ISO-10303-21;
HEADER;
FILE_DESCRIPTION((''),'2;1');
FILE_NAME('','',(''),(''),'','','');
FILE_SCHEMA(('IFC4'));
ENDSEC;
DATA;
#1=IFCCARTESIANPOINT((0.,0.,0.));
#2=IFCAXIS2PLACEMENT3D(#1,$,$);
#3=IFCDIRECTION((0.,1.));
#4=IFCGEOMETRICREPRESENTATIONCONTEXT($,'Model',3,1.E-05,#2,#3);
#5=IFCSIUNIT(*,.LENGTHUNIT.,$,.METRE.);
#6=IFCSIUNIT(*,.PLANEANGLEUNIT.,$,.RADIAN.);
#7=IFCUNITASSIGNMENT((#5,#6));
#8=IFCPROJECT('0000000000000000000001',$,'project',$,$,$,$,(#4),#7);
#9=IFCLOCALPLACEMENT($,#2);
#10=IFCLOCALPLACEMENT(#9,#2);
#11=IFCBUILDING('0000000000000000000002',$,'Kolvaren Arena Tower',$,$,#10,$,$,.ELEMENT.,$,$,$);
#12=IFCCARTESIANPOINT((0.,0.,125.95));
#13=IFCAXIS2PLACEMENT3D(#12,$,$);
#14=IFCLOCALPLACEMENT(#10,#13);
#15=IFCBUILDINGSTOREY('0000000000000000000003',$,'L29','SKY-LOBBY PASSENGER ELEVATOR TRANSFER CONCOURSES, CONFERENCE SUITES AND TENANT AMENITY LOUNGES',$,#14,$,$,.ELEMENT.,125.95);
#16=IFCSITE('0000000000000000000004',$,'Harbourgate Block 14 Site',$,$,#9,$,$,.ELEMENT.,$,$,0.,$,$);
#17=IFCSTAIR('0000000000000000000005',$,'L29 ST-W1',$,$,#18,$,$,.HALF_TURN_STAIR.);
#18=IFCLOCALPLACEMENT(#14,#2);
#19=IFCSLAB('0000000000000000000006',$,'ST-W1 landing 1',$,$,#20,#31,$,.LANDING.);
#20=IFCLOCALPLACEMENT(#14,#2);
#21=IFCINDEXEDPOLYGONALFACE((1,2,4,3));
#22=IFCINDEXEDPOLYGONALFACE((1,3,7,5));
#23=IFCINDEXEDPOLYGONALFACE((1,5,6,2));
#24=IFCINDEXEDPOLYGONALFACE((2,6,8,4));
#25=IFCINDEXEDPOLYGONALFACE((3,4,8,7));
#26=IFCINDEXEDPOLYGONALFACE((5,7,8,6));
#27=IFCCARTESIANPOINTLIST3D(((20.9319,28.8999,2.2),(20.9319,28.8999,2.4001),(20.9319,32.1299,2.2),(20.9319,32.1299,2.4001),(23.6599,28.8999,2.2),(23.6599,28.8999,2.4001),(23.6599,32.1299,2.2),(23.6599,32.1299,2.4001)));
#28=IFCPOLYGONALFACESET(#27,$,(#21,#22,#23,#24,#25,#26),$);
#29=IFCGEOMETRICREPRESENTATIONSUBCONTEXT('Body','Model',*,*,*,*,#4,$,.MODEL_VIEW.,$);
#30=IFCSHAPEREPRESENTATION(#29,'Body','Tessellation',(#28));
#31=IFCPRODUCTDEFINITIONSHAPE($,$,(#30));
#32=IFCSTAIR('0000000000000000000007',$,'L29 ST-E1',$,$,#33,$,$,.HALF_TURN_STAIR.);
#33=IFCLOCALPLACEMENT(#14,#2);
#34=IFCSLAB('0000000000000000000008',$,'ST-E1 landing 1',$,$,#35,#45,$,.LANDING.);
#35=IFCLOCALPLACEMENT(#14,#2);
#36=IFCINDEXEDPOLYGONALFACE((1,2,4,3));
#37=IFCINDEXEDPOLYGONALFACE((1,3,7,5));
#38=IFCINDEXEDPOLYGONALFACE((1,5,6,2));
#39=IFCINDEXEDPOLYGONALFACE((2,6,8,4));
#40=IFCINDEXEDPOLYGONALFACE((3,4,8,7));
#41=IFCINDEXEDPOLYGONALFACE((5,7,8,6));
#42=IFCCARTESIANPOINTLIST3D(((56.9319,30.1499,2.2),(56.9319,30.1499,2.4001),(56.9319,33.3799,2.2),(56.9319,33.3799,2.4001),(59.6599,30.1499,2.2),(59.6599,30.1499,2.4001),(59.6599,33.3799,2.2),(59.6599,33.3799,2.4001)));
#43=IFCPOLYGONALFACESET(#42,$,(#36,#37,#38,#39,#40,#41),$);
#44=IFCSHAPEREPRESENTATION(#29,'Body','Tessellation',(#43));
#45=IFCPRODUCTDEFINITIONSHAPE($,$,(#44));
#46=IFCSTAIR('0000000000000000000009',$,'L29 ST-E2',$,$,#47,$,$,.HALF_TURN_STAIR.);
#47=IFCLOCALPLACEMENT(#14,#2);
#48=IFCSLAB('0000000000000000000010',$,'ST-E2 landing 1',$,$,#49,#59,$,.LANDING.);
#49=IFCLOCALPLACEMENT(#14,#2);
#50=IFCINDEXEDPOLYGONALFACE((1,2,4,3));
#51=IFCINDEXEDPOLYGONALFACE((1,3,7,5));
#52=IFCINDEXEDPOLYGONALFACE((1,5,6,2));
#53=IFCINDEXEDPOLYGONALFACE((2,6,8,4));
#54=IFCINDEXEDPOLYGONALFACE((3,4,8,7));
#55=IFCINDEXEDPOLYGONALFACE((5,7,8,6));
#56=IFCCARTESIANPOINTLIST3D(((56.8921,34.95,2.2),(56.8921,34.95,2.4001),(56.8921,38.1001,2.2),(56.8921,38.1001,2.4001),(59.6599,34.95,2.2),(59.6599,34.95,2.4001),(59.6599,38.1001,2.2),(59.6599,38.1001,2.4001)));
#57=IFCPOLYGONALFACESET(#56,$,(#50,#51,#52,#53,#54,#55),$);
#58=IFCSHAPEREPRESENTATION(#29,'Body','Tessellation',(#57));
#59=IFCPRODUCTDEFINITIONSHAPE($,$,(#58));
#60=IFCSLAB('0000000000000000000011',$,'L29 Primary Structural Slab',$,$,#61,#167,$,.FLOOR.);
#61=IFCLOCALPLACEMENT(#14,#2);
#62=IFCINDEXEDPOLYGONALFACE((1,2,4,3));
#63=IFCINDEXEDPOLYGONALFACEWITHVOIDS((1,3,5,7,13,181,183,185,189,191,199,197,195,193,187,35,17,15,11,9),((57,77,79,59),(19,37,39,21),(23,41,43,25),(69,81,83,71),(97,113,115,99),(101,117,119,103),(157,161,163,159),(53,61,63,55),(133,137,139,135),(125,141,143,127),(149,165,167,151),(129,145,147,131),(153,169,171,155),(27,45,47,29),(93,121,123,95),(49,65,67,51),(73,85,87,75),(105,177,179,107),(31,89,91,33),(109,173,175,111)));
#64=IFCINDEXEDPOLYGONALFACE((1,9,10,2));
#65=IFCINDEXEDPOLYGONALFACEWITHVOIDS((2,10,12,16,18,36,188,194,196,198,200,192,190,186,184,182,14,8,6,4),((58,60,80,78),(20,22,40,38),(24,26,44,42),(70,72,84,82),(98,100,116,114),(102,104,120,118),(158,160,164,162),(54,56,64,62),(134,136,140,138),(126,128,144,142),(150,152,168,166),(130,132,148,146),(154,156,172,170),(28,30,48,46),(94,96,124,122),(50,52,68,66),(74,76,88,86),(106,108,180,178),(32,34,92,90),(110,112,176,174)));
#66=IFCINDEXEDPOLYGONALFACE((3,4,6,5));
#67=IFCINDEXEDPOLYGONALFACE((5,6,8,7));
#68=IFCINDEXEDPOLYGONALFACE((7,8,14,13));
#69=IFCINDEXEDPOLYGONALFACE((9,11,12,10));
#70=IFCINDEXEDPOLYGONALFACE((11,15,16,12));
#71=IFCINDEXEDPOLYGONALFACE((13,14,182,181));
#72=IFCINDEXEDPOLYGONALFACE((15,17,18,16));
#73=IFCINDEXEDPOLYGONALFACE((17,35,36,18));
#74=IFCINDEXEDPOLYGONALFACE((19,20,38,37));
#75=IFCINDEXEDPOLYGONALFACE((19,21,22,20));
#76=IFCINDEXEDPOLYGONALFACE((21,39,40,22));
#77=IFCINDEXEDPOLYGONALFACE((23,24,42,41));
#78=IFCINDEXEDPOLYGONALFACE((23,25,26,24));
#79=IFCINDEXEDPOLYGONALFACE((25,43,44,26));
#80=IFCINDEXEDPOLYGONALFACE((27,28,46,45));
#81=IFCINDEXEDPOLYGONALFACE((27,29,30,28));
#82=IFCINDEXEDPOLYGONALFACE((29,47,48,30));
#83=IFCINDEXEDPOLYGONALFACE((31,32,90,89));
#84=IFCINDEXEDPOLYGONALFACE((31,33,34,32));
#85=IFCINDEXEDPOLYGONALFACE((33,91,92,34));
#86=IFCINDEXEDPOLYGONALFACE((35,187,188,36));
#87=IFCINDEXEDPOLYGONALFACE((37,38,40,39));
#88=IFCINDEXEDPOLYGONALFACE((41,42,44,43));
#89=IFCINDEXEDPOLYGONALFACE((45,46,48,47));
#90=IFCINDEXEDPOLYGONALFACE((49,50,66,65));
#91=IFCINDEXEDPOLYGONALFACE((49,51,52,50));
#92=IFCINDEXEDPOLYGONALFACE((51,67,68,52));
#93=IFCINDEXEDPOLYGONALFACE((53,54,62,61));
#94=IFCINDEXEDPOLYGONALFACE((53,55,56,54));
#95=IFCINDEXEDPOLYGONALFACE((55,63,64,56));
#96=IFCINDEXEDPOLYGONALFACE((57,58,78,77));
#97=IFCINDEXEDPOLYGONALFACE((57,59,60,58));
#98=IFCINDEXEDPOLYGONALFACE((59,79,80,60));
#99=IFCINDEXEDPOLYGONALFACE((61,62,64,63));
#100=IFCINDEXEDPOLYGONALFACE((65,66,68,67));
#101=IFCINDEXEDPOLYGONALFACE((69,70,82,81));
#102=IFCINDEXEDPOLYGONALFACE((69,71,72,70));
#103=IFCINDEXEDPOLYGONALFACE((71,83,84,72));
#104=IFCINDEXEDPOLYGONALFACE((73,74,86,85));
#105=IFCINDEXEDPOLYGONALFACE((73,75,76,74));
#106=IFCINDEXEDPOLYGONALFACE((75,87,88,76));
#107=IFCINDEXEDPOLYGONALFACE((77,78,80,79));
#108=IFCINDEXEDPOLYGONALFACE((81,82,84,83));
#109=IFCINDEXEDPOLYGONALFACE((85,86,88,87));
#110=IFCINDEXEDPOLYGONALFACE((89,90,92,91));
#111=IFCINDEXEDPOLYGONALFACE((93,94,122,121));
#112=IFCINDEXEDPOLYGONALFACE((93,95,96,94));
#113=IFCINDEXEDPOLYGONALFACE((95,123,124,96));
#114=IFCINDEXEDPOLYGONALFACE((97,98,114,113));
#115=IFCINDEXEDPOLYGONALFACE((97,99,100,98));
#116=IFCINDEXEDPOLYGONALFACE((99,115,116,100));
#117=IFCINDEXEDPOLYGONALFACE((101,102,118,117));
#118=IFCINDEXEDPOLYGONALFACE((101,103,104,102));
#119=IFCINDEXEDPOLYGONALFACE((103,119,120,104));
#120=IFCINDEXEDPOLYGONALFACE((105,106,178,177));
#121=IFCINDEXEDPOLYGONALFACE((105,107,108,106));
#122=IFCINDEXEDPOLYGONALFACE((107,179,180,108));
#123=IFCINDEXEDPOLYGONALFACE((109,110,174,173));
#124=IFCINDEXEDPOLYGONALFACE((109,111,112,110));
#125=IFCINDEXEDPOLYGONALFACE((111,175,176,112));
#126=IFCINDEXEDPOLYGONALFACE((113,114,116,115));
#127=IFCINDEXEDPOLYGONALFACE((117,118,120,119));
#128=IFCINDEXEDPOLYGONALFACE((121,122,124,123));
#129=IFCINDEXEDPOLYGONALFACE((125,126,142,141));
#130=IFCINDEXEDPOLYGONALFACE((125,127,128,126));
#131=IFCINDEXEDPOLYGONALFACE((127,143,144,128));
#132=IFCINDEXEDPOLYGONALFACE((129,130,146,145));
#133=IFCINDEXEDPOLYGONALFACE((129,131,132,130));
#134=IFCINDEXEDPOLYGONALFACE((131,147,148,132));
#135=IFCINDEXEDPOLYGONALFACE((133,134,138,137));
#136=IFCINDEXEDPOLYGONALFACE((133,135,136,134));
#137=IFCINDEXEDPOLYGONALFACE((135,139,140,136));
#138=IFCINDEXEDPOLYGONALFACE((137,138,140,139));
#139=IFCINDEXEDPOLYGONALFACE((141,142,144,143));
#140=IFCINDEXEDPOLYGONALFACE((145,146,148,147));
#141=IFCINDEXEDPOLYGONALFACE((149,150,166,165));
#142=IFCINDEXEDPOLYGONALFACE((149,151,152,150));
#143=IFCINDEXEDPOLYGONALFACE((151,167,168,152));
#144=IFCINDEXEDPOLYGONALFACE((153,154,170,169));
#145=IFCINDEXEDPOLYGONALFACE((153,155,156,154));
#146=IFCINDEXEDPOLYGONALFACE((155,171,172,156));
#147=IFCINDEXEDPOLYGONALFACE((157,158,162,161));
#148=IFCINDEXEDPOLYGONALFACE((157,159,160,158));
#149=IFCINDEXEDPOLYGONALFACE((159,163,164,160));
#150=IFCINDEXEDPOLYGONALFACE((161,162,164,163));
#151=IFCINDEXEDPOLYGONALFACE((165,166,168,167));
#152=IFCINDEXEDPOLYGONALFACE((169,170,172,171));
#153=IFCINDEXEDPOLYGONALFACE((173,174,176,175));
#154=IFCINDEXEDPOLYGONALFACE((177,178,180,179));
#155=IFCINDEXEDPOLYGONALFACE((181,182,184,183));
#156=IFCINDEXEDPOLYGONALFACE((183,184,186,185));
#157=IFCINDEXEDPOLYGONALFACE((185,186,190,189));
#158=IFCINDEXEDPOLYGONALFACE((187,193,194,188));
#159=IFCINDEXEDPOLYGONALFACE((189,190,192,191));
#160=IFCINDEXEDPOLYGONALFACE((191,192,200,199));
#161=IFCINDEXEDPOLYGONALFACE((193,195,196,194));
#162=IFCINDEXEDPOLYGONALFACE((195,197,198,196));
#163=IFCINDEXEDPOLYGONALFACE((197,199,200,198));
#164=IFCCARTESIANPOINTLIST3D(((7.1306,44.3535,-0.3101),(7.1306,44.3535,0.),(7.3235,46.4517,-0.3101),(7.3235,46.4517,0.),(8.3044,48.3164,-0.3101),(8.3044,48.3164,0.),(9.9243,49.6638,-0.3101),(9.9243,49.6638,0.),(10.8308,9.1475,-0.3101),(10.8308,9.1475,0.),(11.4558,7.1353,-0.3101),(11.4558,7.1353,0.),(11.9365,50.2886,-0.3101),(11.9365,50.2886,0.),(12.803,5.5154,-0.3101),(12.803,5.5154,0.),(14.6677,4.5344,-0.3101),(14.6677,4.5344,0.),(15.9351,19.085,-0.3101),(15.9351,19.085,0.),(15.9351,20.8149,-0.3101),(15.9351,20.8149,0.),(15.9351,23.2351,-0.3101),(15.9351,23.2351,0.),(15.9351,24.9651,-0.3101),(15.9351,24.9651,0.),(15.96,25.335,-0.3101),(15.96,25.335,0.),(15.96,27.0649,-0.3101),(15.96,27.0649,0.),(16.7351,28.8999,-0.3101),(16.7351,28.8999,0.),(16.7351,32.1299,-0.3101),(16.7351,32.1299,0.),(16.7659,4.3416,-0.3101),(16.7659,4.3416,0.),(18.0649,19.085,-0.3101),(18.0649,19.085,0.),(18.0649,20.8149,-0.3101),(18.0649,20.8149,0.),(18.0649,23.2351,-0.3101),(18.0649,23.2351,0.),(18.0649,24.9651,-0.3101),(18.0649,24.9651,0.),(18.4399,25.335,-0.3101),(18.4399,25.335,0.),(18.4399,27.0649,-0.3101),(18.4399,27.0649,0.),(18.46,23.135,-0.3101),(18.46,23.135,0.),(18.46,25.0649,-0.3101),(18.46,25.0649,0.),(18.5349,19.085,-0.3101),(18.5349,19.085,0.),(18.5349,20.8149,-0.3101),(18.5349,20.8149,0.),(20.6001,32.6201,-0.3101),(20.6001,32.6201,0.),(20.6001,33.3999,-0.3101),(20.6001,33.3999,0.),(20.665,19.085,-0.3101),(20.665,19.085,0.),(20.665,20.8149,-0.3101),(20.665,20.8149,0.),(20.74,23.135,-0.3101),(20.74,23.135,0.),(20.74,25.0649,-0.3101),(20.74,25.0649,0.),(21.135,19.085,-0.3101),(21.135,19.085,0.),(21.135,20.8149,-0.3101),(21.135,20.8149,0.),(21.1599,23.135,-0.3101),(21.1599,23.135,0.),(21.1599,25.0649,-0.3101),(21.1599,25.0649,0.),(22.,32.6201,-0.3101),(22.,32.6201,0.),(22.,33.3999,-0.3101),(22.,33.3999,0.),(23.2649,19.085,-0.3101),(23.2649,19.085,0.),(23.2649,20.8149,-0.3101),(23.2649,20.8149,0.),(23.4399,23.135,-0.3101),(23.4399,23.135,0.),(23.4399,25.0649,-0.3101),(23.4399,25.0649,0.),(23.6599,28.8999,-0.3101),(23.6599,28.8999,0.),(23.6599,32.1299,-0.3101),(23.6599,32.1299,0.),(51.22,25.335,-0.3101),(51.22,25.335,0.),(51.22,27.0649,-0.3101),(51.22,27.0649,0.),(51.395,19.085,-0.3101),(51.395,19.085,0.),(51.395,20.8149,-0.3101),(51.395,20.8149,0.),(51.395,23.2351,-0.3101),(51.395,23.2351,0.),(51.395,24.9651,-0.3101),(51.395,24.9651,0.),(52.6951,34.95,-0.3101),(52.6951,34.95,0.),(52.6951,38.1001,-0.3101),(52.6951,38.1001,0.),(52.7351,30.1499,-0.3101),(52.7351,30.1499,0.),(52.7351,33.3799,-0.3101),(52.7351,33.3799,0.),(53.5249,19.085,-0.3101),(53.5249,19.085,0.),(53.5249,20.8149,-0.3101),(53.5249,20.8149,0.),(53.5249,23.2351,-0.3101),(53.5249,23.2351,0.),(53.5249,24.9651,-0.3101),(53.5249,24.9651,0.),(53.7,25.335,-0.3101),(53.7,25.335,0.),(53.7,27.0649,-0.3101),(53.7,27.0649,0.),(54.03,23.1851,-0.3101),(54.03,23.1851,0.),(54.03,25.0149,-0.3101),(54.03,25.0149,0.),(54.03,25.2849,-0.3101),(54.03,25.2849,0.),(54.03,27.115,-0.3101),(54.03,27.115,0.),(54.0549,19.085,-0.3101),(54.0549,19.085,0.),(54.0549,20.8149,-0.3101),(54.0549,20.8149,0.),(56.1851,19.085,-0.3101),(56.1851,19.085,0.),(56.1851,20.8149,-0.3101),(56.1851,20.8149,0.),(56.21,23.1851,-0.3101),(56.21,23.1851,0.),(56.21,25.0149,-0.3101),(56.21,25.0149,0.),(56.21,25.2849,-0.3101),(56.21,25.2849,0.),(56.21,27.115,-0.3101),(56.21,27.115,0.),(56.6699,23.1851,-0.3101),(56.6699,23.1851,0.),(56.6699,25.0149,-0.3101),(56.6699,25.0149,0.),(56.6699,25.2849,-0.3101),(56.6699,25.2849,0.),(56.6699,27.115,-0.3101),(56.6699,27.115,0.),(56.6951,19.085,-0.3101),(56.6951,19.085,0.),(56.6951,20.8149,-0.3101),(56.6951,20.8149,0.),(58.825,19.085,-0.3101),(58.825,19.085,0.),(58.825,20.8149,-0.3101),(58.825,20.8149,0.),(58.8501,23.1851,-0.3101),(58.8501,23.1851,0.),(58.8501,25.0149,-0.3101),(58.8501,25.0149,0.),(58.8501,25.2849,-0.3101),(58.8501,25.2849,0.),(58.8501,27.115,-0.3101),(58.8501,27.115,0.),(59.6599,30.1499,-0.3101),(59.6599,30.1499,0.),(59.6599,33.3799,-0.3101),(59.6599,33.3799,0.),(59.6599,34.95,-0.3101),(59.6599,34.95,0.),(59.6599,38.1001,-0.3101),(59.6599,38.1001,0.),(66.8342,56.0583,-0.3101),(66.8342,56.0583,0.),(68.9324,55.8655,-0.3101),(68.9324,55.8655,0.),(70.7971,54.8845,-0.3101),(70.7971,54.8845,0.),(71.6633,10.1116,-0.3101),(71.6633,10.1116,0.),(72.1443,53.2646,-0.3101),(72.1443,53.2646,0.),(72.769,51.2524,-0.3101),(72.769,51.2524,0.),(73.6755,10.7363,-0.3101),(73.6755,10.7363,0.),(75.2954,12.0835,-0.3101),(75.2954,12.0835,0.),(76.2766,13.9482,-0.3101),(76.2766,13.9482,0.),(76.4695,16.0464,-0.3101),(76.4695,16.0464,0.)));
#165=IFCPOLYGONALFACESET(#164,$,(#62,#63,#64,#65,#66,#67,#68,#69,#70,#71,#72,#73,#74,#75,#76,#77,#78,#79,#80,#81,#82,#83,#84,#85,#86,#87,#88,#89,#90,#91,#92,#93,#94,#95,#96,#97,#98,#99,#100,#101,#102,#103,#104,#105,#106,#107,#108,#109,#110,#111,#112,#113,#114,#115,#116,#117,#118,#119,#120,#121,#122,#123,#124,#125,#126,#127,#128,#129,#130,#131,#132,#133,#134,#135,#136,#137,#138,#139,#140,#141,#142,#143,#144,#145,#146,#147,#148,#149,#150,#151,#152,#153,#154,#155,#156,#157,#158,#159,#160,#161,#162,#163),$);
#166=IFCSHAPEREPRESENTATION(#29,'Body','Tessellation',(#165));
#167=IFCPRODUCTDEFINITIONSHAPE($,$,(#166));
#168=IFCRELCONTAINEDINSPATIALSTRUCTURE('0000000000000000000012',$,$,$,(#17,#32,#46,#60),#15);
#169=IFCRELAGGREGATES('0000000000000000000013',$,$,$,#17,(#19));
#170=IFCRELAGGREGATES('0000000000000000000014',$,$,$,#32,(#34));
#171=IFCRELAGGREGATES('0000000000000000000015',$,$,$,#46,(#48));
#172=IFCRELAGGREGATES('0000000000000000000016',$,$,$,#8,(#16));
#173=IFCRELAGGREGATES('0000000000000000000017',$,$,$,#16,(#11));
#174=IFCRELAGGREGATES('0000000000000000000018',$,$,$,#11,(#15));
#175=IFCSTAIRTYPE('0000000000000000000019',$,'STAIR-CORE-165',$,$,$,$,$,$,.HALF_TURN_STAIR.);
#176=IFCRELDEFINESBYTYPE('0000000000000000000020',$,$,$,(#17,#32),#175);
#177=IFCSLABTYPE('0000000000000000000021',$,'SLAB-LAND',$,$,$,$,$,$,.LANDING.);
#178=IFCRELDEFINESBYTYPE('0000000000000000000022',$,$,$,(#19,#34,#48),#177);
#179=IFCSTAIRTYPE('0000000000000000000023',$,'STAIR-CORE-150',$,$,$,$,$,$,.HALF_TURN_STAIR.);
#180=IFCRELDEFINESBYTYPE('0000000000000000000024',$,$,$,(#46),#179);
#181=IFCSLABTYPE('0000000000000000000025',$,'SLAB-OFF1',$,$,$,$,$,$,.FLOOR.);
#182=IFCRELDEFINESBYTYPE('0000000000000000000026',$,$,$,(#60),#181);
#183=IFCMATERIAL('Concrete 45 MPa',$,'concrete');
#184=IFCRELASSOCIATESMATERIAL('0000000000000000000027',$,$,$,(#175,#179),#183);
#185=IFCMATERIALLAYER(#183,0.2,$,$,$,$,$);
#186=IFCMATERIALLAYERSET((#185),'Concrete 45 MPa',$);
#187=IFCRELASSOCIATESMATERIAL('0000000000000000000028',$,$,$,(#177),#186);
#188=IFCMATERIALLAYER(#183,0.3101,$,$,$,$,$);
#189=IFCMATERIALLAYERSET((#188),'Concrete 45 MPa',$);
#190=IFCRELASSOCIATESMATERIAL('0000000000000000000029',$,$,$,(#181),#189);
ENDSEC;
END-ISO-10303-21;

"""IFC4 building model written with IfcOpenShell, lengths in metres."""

from ifc_helpers import new_model, si_unit, direction, frame, origin, place, context, subcontext, project, spatial, polyline, outline, extrude, material, layer, layer_set, type_object, element, aggregate, save


model = new_model("IFC4")

# Units and contexts
model_context = context("Model", 3, precision=1e-05, world=origin(), true_north=direction((0.0, 1.0)))
body_context = subcontext(model_context, "Body", "Model", "MODEL_VIEW")
ifc_project = project(units=[si_unit("LENGTHUNIT", "METRE"), si_unit("PLANEANGLEUNIT", "RADIAN")], contexts=[model_context])

# Site, building, storey
site_placement = place(None, origin())
site = spatial("IfcSite", under=ifc_project, at=site_placement, Name="Harbourgate Block 14 Site", CompositionType="ELEMENT", RefElevation=0.0)
building_placement = place(site_placement, origin())
building = spatial("IfcBuilding", under=site, at=building_placement, Name="Kolvaren Arena Tower", CompositionType="ELEMENT")
storey_placement = place(building_placement, frame((0.0, 0.0, 125.95)))
storey = spatial("IfcBuildingStorey", under=building, at=storey_placement, Name="L29", Description="SKY-LOBBY PASSENGER ELEVATOR TRANSFER CONCOURSES, CONFERENCE SUITES AND TENANT AMENITY LOUNGES", CompositionType="ELEMENT", Elevation=125.95)

# Stairs, slabs
ifc_material_1 = material(Name="Concrete 45 MPa", Category="concrete")
stair_type_1 = type_object("IfcStairType", Name="STAIR-CORE-165", PredefinedType="HALF_TURN_STAIR", material=ifc_material_1)
stair_1_placement = place(storey_placement, origin())
stair_1 = element("IfcStair", 1, at=stair_1_placement, inside=storey, type_object=stair_type_1, Name="L29 ST-W1", PredefinedType="HALF_TURN_STAIR")
ifc_layer_1 = layer(ifc_material_1, 0.2)
ifc_layer_set_1 = layer_set([ifc_layer_1], Name="Concrete 45 MPa")
slab_type_1 = type_object("IfcSlabType", Name="SLAB-LAND", PredefinedType="LANDING", material=ifc_layer_set_1)
slab_1_placement = place(storey_placement, frame((0.0, 0.0, 2.2)))
slab_1 = element("IfcSlab", 2, at=slab_1_placement, type_object=slab_type_1, Name="ST-W1 landing 1", PredefinedType="LANDING", context=body_context, shape_type="SweptSolid", body=[
    extrude(outline(polyline([(20.9319, 28.8999), (23.6599, 28.8999), (23.6599, 32.1299), (20.9319, 32.1299), (20.9319, 28.8999)])), origin(), (0.0, 0.0, 1.0), 0.2002),
])
aggregate(stair_1, [slab_1])
stair_2_placement = place(storey_placement, origin())
stair_2 = element("IfcStair", 3, at=stair_2_placement, inside=storey, type_object=stair_type_1, Name="L29 ST-E1", PredefinedType="HALF_TURN_STAIR")
slab_2_placement = place(storey_placement, frame((0.0, 0.0, 2.2)))
slab_2 = element("IfcSlab", 4, at=slab_2_placement, type_object=slab_type_1, Name="ST-E1 landing 1", PredefinedType="LANDING", context=body_context, shape_type="SweptSolid", body=[
    extrude(outline(polyline([(56.9319, 30.1499), (59.6599, 30.1499), (59.6599, 33.3799), (56.9319, 33.3799), (56.9319, 30.1499)])), origin(), (0.0, 0.0, 1.0), 0.2002),
])
aggregate(stair_2, [slab_2])
stair_type_2 = type_object("IfcStairType", Name="STAIR-CORE-150", PredefinedType="HALF_TURN_STAIR", material=ifc_material_1)
stair_3_placement = place(storey_placement, origin())
stair_3 = element("IfcStair", 5, at=stair_3_placement, inside=storey, type_object=stair_type_2, Name="L29 ST-E2", PredefinedType="HALF_TURN_STAIR")
slab_3_placement = place(storey_placement, frame((0.0, 0.0, 2.2)))
slab_3 = element("IfcSlab", 6, at=slab_3_placement, type_object=slab_type_1, Name="ST-E2 landing 1", PredefinedType="LANDING", context=body_context, shape_type="SweptSolid", body=[
    extrude(outline(polyline([(56.8921, 34.95), (59.6599, 34.95), (59.6599, 38.1001), (56.8921, 38.1001), (56.8921, 34.95)])), origin(), (0.0, 0.0, 1.0), 0.2002),
])
aggregate(stair_3, [slab_3])

# Slab
ifc_layer_2 = layer(ifc_material_1, 0.3101)
ifc_layer_set_2 = layer_set([ifc_layer_2], Name="Concrete 45 MPa")
slab_type_2 = type_object("IfcSlabType", Name="SLAB-OFF1", PredefinedType="FLOOR", material=ifc_layer_set_2)
slab_4_placement = place(storey_placement, frame((0.0, 0.0, -0.3101)))
element("IfcSlab", 7, at=slab_4_placement, inside=storey, type_object=slab_type_2, Name="L29 Primary Structural Slab", PredefinedType="FLOOR", context=body_context, shape_type="SweptSolid", body=[
    extrude(outline(polyline([(71.6633, 10.1116), (73.6755, 10.7363), (75.2954, 12.0835), (76.2766, 13.9482), (76.4695, 16.0464), (72.769, 51.2524), (72.1443, 53.2646), (70.7971, 54.8845), (68.9324, 55.8655), (66.8342, 56.0583), (11.9365, 50.2886), (9.9243, 49.6638), (8.3044, 48.3164), (7.3235, 46.4517), (7.1306, 44.3535), (10.8308, 9.1475), (11.4558, 7.1353), (12.803, 5.5154), (14.6677, 4.5344), (16.7659, 4.3416), (71.6633, 10.1116)]), holes=[polyline([(15.9351, 19.085), (15.9351, 20.8149), (18.0649, 20.8149), (18.0649, 19.085), (15.9351, 19.085)]), polyline([(18.5349, 19.085), (18.5349, 20.8149), (20.665, 20.8149), (20.665, 19.085), (18.5349, 19.085)]), polyline([(21.135, 19.085), (21.135, 20.8149), (23.2649, 20.8149), (23.2649, 19.085), (21.135, 19.085)]), polyline([(51.395, 19.085), (51.395, 20.8149), (53.5249, 20.8149), (53.5249, 19.085), (51.395, 19.085)]), polyline([(54.0549, 19.085), (54.0549, 20.8149), (56.1851, 20.8149), (56.1851, 19.085), (54.0549, 19.085)]), polyline([(56.6951, 19.085), (56.6951, 20.8149), (58.825, 20.8149), (58.825, 19.085), (56.6951, 19.085)]), polyline([(18.46, 25.0649), (20.74, 25.0649), (20.74, 23.135), (18.46, 23.135), (18.46, 25.0649)]), polyline([(21.1599, 23.135), (21.1599, 25.0649), (23.4399, 25.0649), (23.4399, 23.135), (21.1599, 23.135)]), polyline([(54.03, 25.0149), (56.21, 25.0149), (56.21, 23.1851), (54.03, 23.1851), (54.03, 25.0149)]), polyline([(56.6699, 25.0149), (58.8501, 25.0149), (58.8501, 23.1851), (56.6699, 23.1851), (56.6699, 25.0149)]), polyline([(15.9351, 24.9651), (18.0649, 24.9651), (18.0649, 23.2351), (15.9351, 23.2351), (15.9351, 24.9651)]), polyline([(51.395, 23.2351), (51.395, 24.9651), (53.5249, 24.9651), (53.5249, 23.2351), (51.395, 23.2351)]), polyline([(54.03, 25.2849), (54.03, 27.115), (56.21, 27.115), (56.21, 25.2849), (54.03, 25.2849)]), polyline([(56.6699, 25.2849), (56.6699, 27.115), (58.8501, 27.115), (58.8501, 25.2849), (56.6699, 25.2849)]), polyline([(15.96, 25.335), (15.96, 27.0649), (18.4399, 27.0649), (18.4399, 25.335), (15.96, 25.335)]), polyline([(51.22, 25.335), (51.22, 27.0649), (53.7, 27.0649), (53.7, 25.335), (51.22, 25.335)]), polyline([(16.7351, 32.1299), (23.6599, 32.1299), (23.6599, 28.8999), (16.7351, 28.8999), (16.7351, 32.1299)]), polyline([(52.7351, 33.3799), (59.6599, 33.3799), (59.6599, 30.1499), (52.7351, 30.1499), (52.7351, 33.3799)]), polyline([(20.6001, 33.3999), (22.0, 33.3999), (22.0, 32.6201), (20.6001, 32.6201), (20.6001, 33.3999)]), polyline([(52.6951, 38.1001), (59.6599, 38.1001), (59.6599, 34.95), (52.6951, 34.95), (52.6951, 38.1001)])]), origin(), (0.0, 0.0, 1.0), 0.3101),
])

save(model, "model.ifc")
